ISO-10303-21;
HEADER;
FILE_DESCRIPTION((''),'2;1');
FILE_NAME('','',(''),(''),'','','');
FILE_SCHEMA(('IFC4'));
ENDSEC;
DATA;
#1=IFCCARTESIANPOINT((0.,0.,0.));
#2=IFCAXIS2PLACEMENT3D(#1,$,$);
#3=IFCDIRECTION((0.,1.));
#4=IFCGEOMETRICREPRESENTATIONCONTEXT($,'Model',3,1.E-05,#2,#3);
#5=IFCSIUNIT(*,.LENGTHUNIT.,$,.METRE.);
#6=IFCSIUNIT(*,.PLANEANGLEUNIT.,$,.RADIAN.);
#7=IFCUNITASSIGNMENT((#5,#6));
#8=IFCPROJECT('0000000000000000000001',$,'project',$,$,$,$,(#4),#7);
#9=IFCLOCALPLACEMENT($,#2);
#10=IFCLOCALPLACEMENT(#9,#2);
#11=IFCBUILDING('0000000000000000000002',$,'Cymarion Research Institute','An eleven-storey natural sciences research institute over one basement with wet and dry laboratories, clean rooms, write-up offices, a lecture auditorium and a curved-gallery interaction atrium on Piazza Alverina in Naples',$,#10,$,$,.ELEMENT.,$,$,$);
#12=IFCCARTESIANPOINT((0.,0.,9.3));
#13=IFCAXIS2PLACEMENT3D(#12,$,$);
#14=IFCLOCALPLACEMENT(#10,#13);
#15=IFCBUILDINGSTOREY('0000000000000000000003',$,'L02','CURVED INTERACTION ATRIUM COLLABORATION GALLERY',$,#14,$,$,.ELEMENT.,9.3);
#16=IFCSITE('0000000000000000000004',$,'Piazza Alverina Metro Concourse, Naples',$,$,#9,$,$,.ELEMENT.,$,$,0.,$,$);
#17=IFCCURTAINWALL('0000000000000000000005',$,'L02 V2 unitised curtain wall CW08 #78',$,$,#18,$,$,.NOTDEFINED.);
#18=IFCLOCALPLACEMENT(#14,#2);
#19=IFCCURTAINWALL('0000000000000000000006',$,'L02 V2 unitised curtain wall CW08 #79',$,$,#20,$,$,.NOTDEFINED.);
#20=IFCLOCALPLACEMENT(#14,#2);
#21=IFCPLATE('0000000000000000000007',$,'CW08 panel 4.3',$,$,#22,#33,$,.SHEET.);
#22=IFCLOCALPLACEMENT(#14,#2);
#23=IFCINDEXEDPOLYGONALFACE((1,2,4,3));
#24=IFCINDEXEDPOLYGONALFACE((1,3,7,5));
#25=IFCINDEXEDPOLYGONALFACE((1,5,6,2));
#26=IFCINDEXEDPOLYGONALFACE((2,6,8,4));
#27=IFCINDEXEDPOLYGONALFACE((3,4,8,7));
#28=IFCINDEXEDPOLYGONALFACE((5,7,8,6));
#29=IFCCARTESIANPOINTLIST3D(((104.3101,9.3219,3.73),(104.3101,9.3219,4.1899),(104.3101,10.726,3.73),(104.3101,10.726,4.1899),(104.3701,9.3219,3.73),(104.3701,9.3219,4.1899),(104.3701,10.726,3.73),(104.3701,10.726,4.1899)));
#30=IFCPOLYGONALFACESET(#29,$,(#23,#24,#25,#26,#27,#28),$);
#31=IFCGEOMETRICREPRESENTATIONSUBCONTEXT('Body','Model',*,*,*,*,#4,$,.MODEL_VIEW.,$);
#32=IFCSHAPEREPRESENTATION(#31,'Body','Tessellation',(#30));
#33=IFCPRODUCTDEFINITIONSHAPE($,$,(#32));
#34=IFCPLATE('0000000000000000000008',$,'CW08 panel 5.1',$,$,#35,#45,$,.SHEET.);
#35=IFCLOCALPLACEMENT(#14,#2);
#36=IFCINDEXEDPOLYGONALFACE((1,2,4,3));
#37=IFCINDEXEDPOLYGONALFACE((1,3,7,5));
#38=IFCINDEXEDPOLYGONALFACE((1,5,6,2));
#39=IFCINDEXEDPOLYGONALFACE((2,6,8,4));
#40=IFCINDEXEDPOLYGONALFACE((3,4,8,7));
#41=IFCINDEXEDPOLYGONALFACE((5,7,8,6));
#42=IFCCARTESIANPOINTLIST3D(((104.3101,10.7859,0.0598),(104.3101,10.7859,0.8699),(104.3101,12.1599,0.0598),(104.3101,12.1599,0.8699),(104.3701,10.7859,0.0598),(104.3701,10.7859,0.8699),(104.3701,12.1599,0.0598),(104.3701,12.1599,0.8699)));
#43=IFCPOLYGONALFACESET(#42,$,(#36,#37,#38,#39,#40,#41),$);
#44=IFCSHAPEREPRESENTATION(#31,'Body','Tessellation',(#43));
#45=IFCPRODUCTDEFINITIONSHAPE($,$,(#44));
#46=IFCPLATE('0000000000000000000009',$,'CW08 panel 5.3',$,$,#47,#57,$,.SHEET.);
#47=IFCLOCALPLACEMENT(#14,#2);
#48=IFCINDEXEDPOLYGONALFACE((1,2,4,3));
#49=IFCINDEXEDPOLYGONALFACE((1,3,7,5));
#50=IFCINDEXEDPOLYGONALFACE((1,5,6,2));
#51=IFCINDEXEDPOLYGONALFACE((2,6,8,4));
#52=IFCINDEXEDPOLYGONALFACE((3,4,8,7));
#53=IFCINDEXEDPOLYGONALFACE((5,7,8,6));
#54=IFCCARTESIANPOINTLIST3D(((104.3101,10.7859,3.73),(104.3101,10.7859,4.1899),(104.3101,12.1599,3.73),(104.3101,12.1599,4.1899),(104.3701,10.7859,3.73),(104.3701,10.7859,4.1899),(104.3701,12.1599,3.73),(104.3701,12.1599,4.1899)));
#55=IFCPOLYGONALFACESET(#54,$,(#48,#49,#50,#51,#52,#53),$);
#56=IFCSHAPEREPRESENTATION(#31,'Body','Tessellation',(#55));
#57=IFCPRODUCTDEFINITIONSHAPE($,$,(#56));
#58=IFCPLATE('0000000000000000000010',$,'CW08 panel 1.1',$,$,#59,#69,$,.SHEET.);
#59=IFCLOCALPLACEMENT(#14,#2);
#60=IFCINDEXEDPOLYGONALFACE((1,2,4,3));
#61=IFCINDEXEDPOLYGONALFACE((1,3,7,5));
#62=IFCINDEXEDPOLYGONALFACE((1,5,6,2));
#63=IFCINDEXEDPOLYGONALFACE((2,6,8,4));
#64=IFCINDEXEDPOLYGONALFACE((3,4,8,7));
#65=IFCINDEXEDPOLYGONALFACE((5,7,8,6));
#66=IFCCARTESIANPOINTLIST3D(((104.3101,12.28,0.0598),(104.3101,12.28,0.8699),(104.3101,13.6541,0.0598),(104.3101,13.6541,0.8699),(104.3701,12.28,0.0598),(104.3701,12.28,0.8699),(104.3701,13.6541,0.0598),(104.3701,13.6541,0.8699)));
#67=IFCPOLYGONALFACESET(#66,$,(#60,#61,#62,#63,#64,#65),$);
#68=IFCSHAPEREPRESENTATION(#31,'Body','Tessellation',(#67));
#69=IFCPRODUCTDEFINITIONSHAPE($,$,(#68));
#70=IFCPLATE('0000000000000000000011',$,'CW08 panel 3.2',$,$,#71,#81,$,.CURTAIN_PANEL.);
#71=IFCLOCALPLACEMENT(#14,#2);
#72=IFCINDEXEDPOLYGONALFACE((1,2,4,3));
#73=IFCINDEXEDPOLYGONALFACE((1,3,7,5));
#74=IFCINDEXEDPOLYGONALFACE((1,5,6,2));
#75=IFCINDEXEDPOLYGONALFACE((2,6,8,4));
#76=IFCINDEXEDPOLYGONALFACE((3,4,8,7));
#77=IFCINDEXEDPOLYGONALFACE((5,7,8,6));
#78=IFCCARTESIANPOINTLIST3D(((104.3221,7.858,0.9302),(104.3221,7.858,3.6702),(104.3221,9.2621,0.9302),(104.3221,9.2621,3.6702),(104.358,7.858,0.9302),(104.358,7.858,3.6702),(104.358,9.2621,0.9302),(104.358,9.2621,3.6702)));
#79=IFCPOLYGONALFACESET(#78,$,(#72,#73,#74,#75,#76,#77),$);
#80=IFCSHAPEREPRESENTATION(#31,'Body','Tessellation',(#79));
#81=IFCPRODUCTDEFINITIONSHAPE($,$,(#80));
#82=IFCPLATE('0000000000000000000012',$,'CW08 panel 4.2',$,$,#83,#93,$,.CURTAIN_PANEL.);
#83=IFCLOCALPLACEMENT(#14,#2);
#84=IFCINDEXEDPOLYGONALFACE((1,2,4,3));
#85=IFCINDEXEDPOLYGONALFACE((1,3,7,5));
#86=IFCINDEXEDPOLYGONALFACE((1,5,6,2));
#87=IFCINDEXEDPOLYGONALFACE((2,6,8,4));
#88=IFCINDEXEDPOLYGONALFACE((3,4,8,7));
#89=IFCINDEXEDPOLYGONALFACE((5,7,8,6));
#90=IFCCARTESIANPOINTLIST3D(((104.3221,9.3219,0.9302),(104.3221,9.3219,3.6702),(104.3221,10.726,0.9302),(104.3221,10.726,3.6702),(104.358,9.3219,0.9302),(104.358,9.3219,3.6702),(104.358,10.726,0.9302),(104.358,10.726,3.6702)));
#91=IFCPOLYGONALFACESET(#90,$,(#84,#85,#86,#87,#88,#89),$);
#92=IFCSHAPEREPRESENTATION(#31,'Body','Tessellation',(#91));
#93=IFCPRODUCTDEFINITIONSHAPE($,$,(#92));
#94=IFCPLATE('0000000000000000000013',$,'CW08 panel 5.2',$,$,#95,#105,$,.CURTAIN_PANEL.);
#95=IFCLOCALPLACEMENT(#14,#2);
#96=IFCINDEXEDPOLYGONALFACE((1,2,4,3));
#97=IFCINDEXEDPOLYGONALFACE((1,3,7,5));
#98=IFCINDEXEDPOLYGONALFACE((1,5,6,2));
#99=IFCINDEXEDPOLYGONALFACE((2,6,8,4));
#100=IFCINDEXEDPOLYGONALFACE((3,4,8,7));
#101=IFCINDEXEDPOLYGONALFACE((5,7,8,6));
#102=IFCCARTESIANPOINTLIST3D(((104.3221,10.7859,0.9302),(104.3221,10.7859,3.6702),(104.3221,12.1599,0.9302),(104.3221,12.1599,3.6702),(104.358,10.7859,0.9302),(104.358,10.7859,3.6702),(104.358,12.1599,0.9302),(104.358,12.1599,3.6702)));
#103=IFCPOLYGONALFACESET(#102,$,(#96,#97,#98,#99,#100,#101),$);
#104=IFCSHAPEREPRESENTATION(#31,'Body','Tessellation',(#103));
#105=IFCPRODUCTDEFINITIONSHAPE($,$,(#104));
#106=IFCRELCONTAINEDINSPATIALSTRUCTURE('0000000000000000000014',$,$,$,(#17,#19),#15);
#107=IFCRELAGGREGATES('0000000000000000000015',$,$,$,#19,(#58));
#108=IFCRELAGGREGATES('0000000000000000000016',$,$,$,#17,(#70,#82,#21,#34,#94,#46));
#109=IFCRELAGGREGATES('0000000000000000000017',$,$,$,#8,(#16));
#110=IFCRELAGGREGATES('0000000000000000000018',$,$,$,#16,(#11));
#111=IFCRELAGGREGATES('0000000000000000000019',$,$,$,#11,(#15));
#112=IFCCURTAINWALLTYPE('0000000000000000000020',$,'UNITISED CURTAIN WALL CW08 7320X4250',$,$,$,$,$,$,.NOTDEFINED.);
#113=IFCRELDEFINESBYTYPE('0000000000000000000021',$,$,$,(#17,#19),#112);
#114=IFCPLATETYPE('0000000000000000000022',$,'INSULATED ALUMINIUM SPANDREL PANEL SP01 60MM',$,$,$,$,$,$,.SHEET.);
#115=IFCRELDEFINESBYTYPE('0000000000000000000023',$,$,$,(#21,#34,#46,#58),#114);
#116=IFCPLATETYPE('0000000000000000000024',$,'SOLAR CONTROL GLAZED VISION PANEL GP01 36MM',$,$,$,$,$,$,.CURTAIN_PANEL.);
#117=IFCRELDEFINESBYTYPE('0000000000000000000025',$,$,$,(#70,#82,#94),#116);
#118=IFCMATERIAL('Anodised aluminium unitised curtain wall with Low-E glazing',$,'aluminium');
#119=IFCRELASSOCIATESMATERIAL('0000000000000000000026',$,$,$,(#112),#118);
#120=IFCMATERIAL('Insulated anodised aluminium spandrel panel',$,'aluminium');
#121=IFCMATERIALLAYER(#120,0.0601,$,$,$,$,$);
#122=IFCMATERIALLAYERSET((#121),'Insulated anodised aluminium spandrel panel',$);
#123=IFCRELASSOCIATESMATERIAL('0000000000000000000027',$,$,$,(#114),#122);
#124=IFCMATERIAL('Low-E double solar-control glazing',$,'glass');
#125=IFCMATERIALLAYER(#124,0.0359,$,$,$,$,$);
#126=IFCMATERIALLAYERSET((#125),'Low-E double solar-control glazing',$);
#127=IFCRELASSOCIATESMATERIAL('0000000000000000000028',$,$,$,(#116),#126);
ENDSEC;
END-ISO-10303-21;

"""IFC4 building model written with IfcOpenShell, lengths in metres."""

from ifc_helpers import new_model, si_unit, direction, frame, origin, origin_2d, place, context, subcontext, project, spatial, rectangle, extrude, material, layer, layer_set, type_object, element, aggregate, save


model = new_model("IFC4")

# Units and contexts
model_context = context("Model", 3, precision=1e-05, world=origin(), true_north=direction((0.0, 1.0)))
body_context = subcontext(model_context, "Body", "Model", "MODEL_VIEW")
ifc_project = project(units=[si_unit("LENGTHUNIT", "METRE"), si_unit("PLANEANGLEUNIT", "RADIAN")], contexts=[model_context])

# Site, building, storey
site_placement = place(None, origin())
site = spatial("IfcSite", under=ifc_project, at=site_placement, Name="Piazza Alverina Metro Concourse, Naples", CompositionType="ELEMENT", RefElevation=0.0)
building_placement = place(site_placement, origin())
building = spatial("IfcBuilding", under=site, at=building_placement, Name="Cymarion Research Institute", Description="An eleven-storey natural sciences research institute over one basement with wet and dry laboratories, clean rooms, write-up offices, a lecture auditorium and a curved-gallery interaction atrium on Piazza Alverina in Naples", CompositionType="ELEMENT")
storey_placement = place(building_placement, frame((0.0, 0.0, 9.3)))
storey = spatial("IfcBuildingStorey", under=building, at=storey_placement, Name="L02", Description="CURVED INTERACTION ATRIUM COLLABORATION GALLERY", CompositionType="ELEMENT", Elevation=9.3)

# Curtain wall
ifc_material_1 = material(Name="Anodised aluminium unitised curtain wall with Low-E glazing", Category="aluminium")
curtain_wall_type = type_object("IfcCurtainWallType", Name="UNITISED CURTAIN WALL CW08 7320X4250", PredefinedType="NOTDEFINED", material=ifc_material_1)
curtain_wall_1_placement = place(storey_placement, origin())
curtain_wall_1 = element("IfcCurtainWall", 1, at=curtain_wall_1_placement, inside=storey, type_object=curtain_wall_type, Name="L02 V2 unitised curtain wall CW08 #78", PredefinedType="NOTDEFINED")

# Curtain wall
curtain_wall_2_placement = place(storey_placement, origin())
curtain_wall_2 = element("IfcCurtainWall", 2, at=curtain_wall_2_placement, inside=storey, type_object=curtain_wall_type, Name="L02 V2 unitised curtain wall CW08 #79", PredefinedType="NOTDEFINED")

# Plates
ifc_material_2 = material(Name="Insulated anodised aluminium spandrel panel", Category="aluminium")
ifc_layer_1 = layer(ifc_material_2, 0.0601)
ifc_layer_set_1 = layer_set([ifc_layer_1], Name="Insulated anodised aluminium spandrel panel")
plate_type_1 = type_object("IfcPlateType", Name="INSULATED ALUMINIUM SPANDREL PANEL SP01 60MM", PredefinedType="SHEET", material=ifc_layer_set_1)
plate_1_placement = place(storey_placement, frame((104.3401, 10.0239, 3.73), z_axis=(0.0, 0.0, 1.0), x_axis=(0.0, 1.0, 0.0)))
plate_1 = element("IfcPlate", 3, at=plate_1_placement, type_object=plate_type_1, Name="CW08 panel 4.3", PredefinedType="SHEET", context=body_context, shape_type="SweptSolid", body=[
    extrude(rectangle(XDim=1.4041, YDim=0.0601, at=origin_2d()), origin(), (0.0, 0.0, 1.0), 0.46),
])
plate_2_placement = place(storey_placement, frame((104.3401, 11.4729, 0.0598), z_axis=(0.0, 0.0, 1.0), x_axis=(0.0, 1.0, 0.0)))
plate_2 = element("IfcPlate", 4, at=plate_2_placement, type_object=plate_type_1, Name="CW08 panel 5.1", PredefinedType="SHEET", context=body_context, shape_type="SweptSolid", body=[
    extrude(rectangle(XDim=1.374, YDim=0.0601, at=origin_2d()), origin(), (0.0, 0.0, 1.0), 0.8101),
])
plate_3_placement = place(storey_placement, frame((104.3401, 11.4729, 3.73), z_axis=(0.0, 0.0, 1.0), x_axis=(0.0, 1.0, 0.0)))
plate_3 = element("IfcPlate", 5, at=plate_3_placement, type_object=plate_type_1, Name="CW08 panel 5.3", PredefinedType="SHEET", context=body_context, shape_type="SweptSolid", body=[
    extrude(rectangle(XDim=1.374, YDim=0.0601, at=origin_2d()), origin(), (0.0, 0.0, 1.0), 0.46),
])
plate_4_placement = place(storey_placement, frame((104.3401, 12.967, 0.0598), z_axis=(0.0, 0.0, 1.0), x_axis=(0.0, 1.0, 0.0)))
plate_4 = element("IfcPlate", 6, at=plate_4_placement, type_object=plate_type_1, Name="CW08 panel 1.1", PredefinedType="SHEET", context=body_context, shape_type="SweptSolid", body=[
    extrude(rectangle(XDim=1.374, YDim=0.0601, at=origin_2d()), origin(), (0.0, 0.0, 1.0), 0.8101),
])
aggregate(curtain_wall_2, [plate_4])
ifc_material_3 = material(Name="Low-E double solar-control glazing", Category="glass")
ifc_layer_2 = layer(ifc_material_3, 0.0359)
ifc_layer_set_2 = layer_set([ifc_layer_2], Name="Low-E double solar-control glazing")
plate_type_2 = type_object("IfcPlateType", Name="SOLAR CONTROL GLAZED VISION PANEL GP01 36MM", PredefinedType="CURTAIN_PANEL", material=ifc_layer_set_2)
plate_5_placement = place(storey_placement, frame((104.3401, 8.5601, 0.9302), z_axis=(0.0, 0.0, 1.0), x_axis=(0.0, 1.0, 0.0)))
plate_5 = element("IfcPlate", 7, at=plate_5_placement, type_object=plate_type_2, Name="CW08 panel 3.2", PredefinedType="CURTAIN_PANEL", context=body_context, shape_type="SweptSolid", body=[
    extrude(rectangle(XDim=1.4041, YDim=0.0359, at=origin_2d()), origin(), (0.0, 0.0, 1.0), 2.74),
])
plate_6_placement = place(storey_placement, frame((104.3401, 10.0239, 0.9302), z_axis=(0.0, 0.0, 1.0), x_axis=(0.0, 1.0, 0.0)))
plate_6 = element("IfcPlate", 8, at=plate_6_placement, type_object=plate_type_2, Name="CW08 panel 4.2", PredefinedType="CURTAIN_PANEL", context=body_context, shape_type="SweptSolid", body=[
    extrude(rectangle(XDim=1.4041, YDim=0.0359, at=origin_2d()), origin(), (0.0, 0.0, 1.0), 2.74),
])
plate_7_placement = place(storey_placement, frame((104.3401, 11.4729, 0.9302), z_axis=(0.0, 0.0, 1.0), x_axis=(0.0, 1.0, 0.0)))
plate_7 = element("IfcPlate", 9, at=plate_7_placement, type_object=plate_type_2, Name="CW08 panel 5.2", PredefinedType="CURTAIN_PANEL", context=body_context, shape_type="SweptSolid", body=[
    extrude(rectangle(XDim=1.374, YDim=0.0359, at=origin_2d()), origin(), (0.0, 0.0, 1.0), 2.74),
])
aggregate(curtain_wall_1, [plate_5, plate_6, plate_1, plate_2, plate_7, plate_3])

save(model, "model.ifc")
